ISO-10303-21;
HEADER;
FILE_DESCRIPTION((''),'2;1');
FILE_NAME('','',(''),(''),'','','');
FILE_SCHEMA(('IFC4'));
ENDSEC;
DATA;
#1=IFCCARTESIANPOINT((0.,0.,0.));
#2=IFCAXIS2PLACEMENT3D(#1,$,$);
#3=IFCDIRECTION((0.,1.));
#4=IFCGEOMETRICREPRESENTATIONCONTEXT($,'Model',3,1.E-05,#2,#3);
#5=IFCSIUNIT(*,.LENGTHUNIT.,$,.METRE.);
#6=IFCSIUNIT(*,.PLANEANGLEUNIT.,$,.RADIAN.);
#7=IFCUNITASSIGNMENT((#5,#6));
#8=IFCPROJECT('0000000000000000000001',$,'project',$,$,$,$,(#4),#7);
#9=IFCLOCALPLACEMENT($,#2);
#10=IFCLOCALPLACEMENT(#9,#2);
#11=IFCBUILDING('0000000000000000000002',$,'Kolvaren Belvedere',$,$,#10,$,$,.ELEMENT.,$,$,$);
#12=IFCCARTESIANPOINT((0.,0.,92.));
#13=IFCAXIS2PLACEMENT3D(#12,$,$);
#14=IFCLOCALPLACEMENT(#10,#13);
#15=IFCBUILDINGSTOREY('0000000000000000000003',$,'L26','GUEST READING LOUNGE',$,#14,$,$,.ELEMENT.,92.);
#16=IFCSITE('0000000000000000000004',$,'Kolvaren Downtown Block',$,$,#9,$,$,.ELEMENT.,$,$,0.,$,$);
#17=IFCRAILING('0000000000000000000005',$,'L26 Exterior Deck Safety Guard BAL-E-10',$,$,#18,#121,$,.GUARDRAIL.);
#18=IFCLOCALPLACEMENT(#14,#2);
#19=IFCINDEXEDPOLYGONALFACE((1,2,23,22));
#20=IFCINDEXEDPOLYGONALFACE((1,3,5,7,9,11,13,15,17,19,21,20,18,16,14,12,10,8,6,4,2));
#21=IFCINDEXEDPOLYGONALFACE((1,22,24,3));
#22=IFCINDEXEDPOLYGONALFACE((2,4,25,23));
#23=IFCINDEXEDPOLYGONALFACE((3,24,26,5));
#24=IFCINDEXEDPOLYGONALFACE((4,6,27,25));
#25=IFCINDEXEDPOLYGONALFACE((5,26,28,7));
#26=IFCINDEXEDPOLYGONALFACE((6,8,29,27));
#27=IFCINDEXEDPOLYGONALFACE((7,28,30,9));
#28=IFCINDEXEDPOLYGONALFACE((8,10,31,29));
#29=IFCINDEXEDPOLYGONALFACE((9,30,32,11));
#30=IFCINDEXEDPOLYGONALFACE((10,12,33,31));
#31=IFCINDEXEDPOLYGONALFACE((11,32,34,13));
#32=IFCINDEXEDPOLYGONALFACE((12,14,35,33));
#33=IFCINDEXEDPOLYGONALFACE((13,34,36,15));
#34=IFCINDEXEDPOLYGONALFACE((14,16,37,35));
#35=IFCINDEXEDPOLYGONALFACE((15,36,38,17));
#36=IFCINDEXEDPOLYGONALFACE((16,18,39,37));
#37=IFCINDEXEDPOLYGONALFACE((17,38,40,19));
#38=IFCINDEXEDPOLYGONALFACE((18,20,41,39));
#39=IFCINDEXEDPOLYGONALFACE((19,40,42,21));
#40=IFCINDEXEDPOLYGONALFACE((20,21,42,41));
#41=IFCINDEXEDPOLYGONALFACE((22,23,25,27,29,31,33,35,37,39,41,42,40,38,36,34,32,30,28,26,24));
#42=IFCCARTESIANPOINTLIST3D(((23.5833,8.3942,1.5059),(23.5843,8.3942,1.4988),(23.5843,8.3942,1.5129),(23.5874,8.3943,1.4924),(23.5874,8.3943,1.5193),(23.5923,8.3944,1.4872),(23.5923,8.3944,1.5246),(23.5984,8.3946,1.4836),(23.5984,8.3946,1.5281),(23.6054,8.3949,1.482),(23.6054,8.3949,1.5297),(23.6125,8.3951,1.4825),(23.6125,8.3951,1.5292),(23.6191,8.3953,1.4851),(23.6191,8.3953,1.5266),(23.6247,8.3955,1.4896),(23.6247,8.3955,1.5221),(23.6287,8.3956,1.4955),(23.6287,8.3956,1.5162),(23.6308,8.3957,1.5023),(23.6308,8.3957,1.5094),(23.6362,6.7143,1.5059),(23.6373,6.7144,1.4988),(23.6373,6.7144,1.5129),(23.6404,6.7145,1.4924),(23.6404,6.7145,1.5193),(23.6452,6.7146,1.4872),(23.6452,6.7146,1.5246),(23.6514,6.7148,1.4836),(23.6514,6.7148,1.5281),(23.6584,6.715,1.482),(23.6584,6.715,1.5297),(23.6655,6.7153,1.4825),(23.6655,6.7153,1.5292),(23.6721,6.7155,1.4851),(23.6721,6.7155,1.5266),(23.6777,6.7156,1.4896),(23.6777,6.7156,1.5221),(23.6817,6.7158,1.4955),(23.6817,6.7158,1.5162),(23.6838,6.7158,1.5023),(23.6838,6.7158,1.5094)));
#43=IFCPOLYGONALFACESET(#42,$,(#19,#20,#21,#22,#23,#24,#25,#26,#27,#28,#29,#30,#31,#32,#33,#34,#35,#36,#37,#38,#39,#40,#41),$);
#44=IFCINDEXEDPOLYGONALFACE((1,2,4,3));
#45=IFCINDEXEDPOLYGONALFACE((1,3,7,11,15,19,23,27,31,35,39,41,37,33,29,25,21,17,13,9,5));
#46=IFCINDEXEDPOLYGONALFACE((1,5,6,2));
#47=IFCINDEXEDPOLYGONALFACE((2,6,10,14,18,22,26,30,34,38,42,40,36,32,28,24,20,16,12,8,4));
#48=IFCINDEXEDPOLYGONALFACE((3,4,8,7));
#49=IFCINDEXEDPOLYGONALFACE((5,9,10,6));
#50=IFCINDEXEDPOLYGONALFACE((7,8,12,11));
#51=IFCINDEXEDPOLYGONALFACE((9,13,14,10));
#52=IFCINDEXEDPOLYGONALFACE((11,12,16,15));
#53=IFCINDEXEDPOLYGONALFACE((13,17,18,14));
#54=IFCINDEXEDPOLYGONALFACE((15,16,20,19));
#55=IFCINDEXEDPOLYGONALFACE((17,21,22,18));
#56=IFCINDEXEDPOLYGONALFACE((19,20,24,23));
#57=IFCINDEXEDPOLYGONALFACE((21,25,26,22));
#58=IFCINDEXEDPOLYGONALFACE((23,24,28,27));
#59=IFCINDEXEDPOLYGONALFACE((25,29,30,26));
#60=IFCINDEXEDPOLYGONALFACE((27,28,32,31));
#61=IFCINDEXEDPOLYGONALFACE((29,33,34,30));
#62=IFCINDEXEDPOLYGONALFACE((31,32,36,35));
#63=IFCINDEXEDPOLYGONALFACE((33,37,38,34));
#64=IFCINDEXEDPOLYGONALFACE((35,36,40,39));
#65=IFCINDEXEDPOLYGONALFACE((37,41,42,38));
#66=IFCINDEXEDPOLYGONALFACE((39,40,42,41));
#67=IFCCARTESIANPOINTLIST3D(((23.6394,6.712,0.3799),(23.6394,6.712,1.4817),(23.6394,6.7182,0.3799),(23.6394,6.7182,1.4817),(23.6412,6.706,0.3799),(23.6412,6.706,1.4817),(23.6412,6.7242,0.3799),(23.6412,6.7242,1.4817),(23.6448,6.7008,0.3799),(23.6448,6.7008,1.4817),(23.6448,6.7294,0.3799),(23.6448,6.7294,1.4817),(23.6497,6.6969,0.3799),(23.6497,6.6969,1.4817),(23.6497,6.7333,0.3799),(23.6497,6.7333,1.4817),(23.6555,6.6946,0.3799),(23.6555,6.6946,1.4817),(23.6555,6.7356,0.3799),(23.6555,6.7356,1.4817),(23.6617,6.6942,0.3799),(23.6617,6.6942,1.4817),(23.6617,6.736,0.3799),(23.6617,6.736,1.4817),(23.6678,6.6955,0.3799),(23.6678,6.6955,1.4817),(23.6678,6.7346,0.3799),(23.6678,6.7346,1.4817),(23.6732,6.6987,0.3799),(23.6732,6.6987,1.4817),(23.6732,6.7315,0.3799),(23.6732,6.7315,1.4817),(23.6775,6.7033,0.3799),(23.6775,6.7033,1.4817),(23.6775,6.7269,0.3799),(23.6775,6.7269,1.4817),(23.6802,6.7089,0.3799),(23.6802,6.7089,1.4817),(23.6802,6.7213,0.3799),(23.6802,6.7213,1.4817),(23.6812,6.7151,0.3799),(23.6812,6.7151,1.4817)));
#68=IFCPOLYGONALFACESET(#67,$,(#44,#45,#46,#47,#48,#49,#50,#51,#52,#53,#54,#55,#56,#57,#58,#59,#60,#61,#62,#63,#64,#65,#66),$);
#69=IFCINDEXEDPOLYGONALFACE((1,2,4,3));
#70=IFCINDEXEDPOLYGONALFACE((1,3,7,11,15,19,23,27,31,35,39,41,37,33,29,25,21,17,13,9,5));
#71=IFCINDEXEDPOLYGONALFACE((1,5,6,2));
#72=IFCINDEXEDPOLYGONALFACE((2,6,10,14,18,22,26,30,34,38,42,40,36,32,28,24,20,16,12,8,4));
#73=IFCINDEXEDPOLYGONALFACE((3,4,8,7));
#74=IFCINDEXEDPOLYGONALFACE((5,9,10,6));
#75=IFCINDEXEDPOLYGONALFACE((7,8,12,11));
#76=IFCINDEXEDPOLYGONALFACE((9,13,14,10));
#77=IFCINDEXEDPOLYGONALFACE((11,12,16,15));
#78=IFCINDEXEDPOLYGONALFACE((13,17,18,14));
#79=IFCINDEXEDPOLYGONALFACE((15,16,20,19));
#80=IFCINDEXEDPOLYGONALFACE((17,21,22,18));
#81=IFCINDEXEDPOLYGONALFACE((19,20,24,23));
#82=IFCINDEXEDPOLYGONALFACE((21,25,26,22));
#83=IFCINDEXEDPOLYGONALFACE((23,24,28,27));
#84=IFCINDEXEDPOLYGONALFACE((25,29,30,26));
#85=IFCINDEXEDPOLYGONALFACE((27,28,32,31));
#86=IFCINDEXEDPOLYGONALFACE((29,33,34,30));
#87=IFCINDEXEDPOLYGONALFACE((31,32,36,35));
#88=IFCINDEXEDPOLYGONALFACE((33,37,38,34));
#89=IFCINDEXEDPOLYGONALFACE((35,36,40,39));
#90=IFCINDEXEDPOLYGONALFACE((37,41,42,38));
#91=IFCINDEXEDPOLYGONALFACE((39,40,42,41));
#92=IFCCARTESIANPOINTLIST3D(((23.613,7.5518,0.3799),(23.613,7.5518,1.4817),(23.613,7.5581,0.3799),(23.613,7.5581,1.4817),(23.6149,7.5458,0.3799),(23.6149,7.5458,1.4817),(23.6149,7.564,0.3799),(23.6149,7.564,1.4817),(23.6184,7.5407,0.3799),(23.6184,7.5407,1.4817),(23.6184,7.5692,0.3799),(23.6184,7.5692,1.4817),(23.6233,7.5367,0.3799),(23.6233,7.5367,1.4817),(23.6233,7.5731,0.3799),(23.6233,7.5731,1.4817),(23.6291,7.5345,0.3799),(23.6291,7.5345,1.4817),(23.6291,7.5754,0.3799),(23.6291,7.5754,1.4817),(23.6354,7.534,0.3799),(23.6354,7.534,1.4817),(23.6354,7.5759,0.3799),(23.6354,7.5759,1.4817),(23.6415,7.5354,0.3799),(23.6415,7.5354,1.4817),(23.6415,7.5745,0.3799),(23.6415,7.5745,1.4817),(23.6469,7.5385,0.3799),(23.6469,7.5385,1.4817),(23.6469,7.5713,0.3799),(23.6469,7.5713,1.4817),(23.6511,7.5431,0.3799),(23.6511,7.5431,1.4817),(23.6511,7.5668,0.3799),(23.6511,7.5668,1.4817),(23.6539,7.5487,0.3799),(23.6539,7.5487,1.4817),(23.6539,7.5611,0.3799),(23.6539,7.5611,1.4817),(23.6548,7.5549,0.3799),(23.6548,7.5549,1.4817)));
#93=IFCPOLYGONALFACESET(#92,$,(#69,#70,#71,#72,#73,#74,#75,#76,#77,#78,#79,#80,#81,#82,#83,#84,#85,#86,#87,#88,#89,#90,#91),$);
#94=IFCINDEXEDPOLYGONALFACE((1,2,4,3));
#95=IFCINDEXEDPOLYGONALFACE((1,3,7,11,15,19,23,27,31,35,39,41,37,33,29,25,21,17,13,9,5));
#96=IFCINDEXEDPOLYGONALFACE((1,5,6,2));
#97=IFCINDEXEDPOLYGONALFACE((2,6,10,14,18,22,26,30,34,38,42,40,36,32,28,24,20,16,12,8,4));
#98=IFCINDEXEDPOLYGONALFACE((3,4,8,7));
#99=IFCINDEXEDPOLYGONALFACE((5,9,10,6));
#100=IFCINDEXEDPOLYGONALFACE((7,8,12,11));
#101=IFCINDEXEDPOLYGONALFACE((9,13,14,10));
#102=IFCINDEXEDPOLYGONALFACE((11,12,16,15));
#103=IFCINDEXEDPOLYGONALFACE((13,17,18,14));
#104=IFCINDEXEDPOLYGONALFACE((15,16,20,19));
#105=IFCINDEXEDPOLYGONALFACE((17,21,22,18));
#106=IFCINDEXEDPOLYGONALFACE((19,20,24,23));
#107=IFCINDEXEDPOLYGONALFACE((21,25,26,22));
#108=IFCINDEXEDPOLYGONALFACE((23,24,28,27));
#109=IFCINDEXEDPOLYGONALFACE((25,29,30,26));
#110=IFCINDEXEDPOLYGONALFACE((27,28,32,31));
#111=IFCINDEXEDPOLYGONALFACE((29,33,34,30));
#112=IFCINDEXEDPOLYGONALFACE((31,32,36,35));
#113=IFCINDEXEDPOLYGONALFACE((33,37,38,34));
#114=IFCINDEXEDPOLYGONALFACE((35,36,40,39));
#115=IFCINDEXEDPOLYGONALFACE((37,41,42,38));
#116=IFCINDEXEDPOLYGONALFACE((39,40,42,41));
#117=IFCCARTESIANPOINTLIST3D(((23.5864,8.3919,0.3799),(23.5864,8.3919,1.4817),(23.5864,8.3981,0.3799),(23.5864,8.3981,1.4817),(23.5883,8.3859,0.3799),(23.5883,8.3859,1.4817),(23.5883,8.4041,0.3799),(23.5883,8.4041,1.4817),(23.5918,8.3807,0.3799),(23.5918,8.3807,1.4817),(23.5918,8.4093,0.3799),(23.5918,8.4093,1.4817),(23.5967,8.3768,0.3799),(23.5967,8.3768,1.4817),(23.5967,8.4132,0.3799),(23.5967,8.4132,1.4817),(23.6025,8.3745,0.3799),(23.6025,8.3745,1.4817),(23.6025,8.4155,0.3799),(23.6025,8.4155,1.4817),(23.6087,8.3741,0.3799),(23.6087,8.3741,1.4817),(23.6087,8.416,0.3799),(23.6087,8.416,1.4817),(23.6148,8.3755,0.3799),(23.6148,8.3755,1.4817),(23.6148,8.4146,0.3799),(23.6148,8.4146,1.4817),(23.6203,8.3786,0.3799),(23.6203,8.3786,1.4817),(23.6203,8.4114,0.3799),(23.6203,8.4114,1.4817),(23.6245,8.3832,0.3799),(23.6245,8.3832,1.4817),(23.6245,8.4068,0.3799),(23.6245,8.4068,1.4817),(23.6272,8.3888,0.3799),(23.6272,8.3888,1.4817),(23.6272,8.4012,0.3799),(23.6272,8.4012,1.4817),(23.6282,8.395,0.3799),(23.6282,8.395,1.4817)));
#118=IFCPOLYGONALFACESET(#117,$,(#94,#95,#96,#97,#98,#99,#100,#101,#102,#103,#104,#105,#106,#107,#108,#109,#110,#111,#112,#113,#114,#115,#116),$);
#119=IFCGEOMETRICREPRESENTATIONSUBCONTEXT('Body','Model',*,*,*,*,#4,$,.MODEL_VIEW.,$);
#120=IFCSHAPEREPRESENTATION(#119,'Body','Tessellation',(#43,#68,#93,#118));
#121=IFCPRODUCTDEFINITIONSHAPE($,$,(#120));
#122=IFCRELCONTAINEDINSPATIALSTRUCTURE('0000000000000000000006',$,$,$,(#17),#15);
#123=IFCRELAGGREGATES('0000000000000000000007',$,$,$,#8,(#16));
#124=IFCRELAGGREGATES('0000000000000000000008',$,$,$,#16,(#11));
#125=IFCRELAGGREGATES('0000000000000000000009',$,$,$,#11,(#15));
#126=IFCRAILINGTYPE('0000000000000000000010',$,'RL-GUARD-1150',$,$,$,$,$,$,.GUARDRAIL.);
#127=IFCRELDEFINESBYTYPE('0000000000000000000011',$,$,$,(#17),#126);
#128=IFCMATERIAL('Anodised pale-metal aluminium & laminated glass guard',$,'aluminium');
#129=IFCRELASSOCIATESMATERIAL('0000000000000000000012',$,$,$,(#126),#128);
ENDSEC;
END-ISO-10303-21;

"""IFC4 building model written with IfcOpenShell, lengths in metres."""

from ifc_helpers import new_model, si_unit, direction, frame, origin, origin_2d, place, context, subcontext, project, spatial, circle, extrude, material, type_object, element, save


model = new_model("IFC4")

# Units and contexts
model_context = context("Model", 3, precision=1e-05, world=origin(), true_north=direction((0.0, 1.0)))
body_context = subcontext(model_context, "Body", "Model", "MODEL_VIEW")
ifc_project = project(units=[si_unit("LENGTHUNIT", "METRE"), si_unit("PLANEANGLEUNIT", "RADIAN")], contexts=[model_context])

# Site, building, storey
site_placement = place(None, origin())
site = spatial("IfcSite", under=ifc_project, at=site_placement, Name="Kolvaren Downtown Block", CompositionType="ELEMENT", RefElevation=0.0)
building_placement = place(site_placement, origin())
building = spatial("IfcBuilding", under=site, at=building_placement, Name="Kolvaren Belvedere", CompositionType="ELEMENT")
storey_placement = place(building_placement, frame((0.0, 0.0, 92.0)))
storey = spatial("IfcBuildingStorey", under=building, at=storey_placement, Name="L26", Description="GUEST READING LOUNGE", CompositionType="ELEMENT", Elevation=92.0)

# Railing
ifc_material_1 = material(Name="Anodised pale-metal aluminium & laminated glass guard", Category="aluminium")
railing_type = type_object("IfcRailingType", Name="RL-GUARD-1150", PredefinedType="GUARDRAIL", material=ifc_material_1)
railing_1_placement = place(storey_placement, frame((23.6602, 6.7151, 0.3799)))
element("IfcRailing", 1, at=railing_1_placement, inside=storey, type_object=railing_type, Name="L26 Exterior Deck Safety Guard BAL-E-10", PredefinedType="GUARDRAIL", context=body_context, shape_type="SweptSolid", body=[
    extrude(circle(Radius=0.0239, at=origin_2d()), frame((0.0, 0.0, 1.126), z_axis=(-0.03152, 0.999503, 0.0), x_axis=(-0.999503, -0.03152, 0.0)), (0.0, 0.0, 1.0), 1.6807),
    extrude(circle(Radius=0.021, at=origin_2d()), origin(), (0.0, 0.0, 1.0), 1.1018),
    extrude(circle(Radius=0.021, at=origin_2d()), frame((-0.0264, 0.8398, 0.0)), (0.0, 0.0, 1.0), 1.1018),
    extrude(circle(Radius=0.021, at=origin_2d()), frame((-0.053, 1.6799, 0.0)), (0.0, 0.0, 1.0), 1.1018),
])

save(model, "model.ifc")
